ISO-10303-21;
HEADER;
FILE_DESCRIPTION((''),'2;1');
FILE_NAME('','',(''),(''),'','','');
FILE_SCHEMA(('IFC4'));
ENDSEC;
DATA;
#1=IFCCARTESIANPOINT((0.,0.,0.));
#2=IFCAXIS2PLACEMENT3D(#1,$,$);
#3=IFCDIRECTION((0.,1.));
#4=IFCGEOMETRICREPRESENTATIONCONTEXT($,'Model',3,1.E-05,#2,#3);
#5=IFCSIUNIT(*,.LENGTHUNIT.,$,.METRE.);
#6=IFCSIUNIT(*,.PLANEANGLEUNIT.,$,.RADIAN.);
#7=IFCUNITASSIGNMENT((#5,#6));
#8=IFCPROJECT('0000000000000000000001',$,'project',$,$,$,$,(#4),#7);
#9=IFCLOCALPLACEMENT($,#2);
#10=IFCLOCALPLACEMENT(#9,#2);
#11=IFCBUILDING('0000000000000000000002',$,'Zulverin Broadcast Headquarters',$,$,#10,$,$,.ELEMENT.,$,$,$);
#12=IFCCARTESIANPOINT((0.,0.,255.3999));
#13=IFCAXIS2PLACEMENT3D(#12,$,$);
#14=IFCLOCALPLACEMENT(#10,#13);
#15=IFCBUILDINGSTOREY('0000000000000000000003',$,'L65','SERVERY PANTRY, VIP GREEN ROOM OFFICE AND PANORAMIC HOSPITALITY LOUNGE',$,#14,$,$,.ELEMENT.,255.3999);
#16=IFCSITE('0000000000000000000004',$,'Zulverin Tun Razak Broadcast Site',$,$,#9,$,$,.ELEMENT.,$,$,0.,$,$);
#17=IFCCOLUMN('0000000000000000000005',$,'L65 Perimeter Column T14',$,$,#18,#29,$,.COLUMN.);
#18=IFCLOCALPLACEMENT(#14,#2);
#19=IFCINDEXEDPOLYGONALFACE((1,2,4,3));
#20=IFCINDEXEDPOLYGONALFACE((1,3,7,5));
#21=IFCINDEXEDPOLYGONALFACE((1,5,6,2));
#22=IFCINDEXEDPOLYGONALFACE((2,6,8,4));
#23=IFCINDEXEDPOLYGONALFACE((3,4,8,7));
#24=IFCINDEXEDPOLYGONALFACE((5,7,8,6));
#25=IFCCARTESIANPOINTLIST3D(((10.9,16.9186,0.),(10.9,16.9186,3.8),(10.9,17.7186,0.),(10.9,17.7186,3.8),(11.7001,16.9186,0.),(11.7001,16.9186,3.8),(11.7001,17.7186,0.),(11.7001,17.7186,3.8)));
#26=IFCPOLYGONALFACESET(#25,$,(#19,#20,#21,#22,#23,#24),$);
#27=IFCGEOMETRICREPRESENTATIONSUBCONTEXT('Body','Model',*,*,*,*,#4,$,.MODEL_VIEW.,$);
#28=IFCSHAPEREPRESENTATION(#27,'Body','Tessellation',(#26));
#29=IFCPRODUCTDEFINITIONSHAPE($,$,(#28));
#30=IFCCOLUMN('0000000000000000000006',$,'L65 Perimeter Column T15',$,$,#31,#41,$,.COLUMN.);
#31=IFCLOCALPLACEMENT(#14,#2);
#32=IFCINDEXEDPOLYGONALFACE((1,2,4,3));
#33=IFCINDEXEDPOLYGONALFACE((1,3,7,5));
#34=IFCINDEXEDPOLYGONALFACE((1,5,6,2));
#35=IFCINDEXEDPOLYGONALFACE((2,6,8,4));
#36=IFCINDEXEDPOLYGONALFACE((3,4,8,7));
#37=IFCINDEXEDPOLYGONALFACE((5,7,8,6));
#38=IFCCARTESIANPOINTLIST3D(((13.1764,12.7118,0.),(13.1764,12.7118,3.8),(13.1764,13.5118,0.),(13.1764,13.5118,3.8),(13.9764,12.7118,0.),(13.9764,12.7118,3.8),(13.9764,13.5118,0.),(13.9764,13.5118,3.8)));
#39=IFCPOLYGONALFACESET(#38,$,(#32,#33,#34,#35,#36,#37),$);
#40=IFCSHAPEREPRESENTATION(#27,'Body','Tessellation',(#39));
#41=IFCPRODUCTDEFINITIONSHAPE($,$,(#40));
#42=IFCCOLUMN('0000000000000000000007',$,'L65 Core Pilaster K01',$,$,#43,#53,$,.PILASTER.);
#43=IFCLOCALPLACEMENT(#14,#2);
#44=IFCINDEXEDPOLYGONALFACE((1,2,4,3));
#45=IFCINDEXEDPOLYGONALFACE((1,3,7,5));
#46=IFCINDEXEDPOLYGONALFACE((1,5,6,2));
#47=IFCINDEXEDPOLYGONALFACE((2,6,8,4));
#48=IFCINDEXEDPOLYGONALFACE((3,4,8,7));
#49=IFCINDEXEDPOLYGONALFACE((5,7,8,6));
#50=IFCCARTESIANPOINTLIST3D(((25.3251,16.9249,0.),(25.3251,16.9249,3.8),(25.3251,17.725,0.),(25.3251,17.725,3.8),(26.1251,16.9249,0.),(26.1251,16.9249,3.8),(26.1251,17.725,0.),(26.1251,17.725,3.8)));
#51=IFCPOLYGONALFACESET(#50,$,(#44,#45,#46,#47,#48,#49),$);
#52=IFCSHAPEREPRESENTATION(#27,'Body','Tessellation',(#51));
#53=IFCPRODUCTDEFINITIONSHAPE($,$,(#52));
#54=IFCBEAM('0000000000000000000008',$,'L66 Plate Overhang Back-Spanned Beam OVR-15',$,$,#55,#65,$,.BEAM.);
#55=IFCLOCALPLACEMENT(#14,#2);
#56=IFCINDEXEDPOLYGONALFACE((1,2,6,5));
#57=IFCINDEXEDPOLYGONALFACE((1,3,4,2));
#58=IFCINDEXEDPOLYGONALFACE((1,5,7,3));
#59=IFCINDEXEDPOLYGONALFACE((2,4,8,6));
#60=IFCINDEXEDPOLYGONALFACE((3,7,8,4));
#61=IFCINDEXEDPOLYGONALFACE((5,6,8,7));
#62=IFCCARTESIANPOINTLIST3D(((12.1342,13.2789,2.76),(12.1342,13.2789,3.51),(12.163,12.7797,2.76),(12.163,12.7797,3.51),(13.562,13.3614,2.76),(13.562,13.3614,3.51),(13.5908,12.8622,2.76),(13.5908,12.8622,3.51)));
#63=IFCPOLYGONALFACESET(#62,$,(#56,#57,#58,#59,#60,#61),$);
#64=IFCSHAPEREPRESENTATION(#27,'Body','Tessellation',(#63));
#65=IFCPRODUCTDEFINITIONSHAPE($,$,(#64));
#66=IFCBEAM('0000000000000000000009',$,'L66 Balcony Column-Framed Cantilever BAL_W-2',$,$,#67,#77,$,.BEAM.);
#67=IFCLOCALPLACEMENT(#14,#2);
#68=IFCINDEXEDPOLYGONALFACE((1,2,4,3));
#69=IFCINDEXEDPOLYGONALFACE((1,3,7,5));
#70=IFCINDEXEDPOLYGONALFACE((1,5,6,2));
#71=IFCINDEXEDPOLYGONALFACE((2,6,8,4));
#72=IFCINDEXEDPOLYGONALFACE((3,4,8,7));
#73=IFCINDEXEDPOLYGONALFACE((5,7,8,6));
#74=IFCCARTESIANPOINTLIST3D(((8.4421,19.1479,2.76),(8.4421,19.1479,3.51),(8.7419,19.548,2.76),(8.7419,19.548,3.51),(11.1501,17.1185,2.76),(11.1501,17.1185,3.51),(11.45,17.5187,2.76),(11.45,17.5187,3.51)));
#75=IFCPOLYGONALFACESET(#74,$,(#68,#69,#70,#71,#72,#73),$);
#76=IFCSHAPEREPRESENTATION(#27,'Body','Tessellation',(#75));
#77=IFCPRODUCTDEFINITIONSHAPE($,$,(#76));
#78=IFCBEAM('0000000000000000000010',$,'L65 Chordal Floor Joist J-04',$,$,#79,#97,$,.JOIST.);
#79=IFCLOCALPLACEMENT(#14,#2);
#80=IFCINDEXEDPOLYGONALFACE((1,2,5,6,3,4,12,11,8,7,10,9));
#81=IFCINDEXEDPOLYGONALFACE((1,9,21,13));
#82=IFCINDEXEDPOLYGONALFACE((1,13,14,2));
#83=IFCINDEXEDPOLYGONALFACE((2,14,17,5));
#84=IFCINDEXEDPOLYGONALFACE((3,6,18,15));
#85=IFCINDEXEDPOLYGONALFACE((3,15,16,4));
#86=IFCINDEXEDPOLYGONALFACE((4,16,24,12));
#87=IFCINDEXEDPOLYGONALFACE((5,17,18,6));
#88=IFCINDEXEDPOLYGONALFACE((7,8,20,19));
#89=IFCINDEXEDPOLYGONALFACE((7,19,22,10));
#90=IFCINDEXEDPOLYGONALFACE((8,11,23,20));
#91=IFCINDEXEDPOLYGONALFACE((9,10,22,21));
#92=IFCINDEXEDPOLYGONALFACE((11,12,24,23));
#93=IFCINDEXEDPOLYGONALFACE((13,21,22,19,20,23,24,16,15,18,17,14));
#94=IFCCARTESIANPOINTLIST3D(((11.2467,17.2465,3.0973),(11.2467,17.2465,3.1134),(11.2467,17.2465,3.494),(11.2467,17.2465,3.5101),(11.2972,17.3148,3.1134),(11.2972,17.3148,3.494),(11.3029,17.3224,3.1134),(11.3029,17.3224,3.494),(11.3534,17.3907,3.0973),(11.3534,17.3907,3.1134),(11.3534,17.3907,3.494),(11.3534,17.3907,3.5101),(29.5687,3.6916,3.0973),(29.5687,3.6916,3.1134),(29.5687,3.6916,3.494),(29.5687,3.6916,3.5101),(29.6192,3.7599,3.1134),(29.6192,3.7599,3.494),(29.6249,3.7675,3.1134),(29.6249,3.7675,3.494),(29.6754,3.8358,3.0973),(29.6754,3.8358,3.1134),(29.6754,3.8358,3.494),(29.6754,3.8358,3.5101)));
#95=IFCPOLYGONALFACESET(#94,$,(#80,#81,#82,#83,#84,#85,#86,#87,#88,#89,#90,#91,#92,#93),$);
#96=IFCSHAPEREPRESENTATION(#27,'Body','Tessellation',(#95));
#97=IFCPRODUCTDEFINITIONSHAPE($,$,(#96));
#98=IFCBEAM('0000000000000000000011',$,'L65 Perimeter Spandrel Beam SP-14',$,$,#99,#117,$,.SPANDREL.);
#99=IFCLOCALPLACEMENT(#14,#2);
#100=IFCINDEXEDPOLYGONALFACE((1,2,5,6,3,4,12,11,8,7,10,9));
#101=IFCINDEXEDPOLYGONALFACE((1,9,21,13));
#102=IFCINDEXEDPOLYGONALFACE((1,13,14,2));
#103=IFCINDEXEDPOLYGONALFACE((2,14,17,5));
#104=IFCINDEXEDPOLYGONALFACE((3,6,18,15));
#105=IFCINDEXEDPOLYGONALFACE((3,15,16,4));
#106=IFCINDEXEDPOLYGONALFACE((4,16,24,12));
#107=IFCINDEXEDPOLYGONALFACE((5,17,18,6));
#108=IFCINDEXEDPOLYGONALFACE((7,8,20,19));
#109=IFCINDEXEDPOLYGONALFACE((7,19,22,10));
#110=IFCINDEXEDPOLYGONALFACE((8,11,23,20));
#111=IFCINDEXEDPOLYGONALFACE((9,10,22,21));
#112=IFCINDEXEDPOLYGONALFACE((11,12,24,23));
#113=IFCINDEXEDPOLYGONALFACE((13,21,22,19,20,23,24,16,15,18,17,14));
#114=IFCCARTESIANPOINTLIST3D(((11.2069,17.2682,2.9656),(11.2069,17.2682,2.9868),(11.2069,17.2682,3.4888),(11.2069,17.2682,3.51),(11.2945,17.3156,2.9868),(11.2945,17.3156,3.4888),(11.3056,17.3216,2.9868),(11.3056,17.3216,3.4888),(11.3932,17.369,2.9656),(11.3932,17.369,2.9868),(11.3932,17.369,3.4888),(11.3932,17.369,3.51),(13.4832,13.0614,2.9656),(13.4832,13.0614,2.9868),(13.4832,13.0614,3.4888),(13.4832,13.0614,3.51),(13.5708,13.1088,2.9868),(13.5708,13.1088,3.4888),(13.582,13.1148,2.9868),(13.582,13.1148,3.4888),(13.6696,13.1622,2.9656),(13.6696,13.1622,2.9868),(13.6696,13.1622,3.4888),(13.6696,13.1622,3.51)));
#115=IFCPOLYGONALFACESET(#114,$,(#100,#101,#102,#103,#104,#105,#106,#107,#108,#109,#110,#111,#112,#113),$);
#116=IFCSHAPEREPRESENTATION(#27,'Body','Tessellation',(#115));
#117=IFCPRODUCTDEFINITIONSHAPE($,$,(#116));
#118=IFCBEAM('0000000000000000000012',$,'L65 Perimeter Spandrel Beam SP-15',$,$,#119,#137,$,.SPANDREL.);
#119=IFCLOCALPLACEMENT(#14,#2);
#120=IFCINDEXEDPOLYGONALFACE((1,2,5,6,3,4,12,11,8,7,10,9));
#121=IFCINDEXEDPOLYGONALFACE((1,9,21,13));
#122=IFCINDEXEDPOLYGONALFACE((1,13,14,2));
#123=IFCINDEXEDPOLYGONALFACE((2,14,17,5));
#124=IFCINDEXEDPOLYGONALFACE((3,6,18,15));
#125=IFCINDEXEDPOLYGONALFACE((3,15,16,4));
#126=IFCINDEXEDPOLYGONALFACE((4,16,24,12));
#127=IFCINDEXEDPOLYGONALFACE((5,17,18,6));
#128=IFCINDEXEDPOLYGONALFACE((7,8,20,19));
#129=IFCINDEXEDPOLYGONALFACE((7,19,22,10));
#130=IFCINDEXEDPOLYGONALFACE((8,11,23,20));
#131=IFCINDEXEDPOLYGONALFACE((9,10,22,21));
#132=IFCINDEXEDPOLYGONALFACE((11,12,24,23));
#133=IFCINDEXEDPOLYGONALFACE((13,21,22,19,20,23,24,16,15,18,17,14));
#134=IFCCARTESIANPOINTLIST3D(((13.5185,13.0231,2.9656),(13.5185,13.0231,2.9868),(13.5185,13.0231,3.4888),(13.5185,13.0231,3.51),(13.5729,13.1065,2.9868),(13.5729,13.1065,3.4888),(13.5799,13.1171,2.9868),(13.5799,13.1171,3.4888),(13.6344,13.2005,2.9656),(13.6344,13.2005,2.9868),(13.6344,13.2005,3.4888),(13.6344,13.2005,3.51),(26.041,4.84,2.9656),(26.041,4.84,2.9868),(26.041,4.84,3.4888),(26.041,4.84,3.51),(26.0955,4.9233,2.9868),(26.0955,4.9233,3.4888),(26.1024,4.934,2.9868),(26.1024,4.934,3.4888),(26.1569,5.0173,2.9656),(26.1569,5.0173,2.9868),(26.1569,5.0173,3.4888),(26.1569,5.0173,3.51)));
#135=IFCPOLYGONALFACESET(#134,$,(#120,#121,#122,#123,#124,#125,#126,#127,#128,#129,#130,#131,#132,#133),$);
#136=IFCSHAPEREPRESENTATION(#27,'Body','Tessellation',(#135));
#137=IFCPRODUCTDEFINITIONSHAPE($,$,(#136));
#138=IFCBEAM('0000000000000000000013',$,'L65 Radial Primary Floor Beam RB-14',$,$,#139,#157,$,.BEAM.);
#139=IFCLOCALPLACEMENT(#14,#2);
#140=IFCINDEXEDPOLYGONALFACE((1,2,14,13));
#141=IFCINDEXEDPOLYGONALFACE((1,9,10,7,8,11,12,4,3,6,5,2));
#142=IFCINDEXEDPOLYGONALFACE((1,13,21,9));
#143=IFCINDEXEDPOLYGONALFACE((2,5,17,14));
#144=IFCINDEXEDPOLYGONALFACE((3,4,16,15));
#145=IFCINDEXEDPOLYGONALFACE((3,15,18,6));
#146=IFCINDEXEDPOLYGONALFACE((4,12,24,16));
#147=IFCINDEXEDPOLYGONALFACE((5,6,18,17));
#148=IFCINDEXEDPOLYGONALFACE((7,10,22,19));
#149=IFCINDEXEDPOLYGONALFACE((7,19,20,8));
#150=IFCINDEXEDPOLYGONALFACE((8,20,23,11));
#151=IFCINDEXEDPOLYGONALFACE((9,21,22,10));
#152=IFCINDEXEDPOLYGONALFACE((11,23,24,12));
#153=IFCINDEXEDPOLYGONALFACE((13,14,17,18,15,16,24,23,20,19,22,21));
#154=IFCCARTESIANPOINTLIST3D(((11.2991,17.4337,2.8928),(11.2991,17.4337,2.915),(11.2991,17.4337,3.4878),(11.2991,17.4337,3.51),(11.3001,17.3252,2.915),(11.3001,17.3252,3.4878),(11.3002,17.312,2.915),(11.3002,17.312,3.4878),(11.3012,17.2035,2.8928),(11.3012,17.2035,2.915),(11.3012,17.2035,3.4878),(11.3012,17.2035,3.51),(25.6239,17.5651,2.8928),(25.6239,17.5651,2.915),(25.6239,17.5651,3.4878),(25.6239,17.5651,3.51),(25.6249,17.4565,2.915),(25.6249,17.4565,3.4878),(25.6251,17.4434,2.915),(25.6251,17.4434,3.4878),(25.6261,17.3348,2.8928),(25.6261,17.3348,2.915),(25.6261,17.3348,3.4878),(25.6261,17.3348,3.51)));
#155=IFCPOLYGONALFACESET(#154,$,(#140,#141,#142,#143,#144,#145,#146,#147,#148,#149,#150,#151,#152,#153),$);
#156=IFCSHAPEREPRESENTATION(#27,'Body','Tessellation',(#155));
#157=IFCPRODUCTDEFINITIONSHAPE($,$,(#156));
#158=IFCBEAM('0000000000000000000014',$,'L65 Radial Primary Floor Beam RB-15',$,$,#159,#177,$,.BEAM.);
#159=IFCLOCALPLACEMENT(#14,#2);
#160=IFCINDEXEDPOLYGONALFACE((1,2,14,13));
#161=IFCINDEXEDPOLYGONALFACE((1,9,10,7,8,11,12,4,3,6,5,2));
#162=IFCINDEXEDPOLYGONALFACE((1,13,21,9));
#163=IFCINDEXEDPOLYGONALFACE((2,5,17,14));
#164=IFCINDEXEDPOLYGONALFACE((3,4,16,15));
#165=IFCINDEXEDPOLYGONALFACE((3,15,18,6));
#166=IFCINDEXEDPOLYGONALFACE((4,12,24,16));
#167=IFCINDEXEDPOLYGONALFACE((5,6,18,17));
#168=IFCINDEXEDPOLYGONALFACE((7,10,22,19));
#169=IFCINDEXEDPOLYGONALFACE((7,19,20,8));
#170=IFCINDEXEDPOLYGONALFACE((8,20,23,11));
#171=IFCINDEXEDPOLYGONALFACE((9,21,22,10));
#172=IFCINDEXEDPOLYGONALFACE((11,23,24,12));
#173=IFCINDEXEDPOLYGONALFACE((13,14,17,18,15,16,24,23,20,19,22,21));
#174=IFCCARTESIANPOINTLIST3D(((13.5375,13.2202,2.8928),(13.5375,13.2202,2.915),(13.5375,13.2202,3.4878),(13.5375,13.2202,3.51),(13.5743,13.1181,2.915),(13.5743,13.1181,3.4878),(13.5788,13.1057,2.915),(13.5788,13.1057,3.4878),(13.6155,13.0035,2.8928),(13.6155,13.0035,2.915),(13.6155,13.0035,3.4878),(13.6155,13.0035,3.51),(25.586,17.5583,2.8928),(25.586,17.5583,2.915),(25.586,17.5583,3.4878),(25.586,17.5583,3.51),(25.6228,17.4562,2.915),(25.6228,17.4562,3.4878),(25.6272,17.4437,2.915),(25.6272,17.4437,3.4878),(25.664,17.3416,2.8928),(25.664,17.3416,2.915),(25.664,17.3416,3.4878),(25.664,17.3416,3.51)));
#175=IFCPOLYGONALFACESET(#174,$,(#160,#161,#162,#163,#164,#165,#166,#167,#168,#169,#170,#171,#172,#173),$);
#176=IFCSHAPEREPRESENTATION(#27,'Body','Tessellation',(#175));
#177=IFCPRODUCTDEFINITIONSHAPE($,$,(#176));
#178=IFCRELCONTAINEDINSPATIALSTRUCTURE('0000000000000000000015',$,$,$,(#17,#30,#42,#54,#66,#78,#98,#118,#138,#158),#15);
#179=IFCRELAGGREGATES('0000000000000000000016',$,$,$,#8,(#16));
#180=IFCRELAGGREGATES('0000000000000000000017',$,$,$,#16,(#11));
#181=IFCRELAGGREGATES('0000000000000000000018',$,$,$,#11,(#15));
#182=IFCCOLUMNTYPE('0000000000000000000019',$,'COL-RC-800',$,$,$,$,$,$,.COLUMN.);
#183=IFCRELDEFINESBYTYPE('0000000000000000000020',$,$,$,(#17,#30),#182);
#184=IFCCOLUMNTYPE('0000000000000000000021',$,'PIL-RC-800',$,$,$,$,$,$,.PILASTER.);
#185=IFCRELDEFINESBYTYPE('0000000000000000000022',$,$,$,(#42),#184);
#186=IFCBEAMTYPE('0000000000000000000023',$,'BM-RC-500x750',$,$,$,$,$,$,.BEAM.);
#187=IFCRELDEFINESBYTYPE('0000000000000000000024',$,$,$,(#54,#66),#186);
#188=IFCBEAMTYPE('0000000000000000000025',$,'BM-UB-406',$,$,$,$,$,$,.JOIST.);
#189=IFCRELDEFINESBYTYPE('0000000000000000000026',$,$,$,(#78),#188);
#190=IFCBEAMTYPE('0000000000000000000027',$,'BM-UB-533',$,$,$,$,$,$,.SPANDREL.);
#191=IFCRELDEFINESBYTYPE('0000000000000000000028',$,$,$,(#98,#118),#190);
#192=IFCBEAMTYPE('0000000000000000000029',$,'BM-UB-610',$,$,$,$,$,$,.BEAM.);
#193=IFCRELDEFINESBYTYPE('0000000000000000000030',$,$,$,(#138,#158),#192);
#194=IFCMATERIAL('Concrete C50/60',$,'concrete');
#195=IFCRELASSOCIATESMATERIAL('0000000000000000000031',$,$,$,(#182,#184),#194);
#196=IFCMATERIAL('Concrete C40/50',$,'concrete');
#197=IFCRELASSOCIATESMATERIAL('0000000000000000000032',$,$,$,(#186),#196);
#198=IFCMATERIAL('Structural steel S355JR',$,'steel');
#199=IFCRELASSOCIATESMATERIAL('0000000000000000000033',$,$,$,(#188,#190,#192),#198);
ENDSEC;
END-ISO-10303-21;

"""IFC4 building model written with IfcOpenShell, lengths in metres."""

from ifc_helpers import new_model, si_unit, direction, frame, origin, origin_2d, place, context, subcontext, project, spatial, rectangle, i_section, extrude, material, material_profile, profile_set, type_object, element, save


model = new_model("IFC4")

# Units and contexts
model_context = context("Model", 3, precision=1e-05, world=origin(), true_north=direction((0.0, 1.0)))
body_context = subcontext(model_context, "Body", "Model", "MODEL_VIEW")
ifc_project = project(units=[si_unit("LENGTHUNIT", "METRE"), si_unit("PLANEANGLEUNIT", "RADIAN")], contexts=[model_context])

# Site, building, storey
site_placement = place(None, origin())
site = spatial("IfcSite", under=ifc_project, at=site_placement, Name="Zulverin Tun Razak Broadcast Site", CompositionType="ELEMENT", RefElevation=0.0)
building_placement = place(site_placement, origin())
building = spatial("IfcBuilding", under=site, at=building_placement, Name="Zulverin Broadcast Headquarters", CompositionType="ELEMENT")
storey_placement = place(building_placement, frame((0.0, 0.0, 255.3999)))
storey = spatial("IfcBuildingStorey", under=building, at=storey_placement, Name="L65", Description="SERVERY PANTRY, VIP GREEN ROOM OFFICE AND PANORAMIC HOSPITALITY LOUNGE", CompositionType="ELEMENT", Elevation=255.3999)

# Columns
ifc_material_1 = material(Name="Concrete C50/60", Category="concrete")
ifc_material_profile_1 = material_profile(ifc_material_1, rectangle(XDim=0.8, YDim=0.8, at=origin_2d()), Name="Concrete C50/60", Category="concrete")
ifc_profile_set_1 = profile_set([ifc_material_profile_1], Name="Concrete C50/60")
column_type_1 = type_object("IfcColumnType", Name="COL-RC-800", PredefinedType="COLUMN", material=ifc_profile_set_1)
for number, where, z_axis, x_axis, name in (
    (1, (11.3, 17.3186, 0.0), (0.0, 0.0, 1.0), (1.0, 0.0, 0.0), "L65 Perimeter Column T14"),
    (2, (13.5764, 13.1118, 0.0), (0.0, 0.0, 1.0), (1.0, 0.0, 0.0), "L65 Perimeter Column T15"),
):
    element("IfcColumn", number, at=place(storey_placement, frame(where, z_axis=z_axis, x_axis=x_axis)), inside=storey, type_object=column_type_1, Name=name, PredefinedType="COLUMN", context=body_context, shape_type="SweptSolid", body=[
        extrude(rectangle(XDim=0.8, YDim=0.8, at=origin_2d()), origin(), (0.0, 0.0, 1.0), 3.8),
    ])
ifc_material_profile_2 = material_profile(ifc_material_1, rectangle(XDim=0.8, YDim=0.8, at=origin_2d()), Name="Concrete C50/60", Category="concrete")
ifc_profile_set_2 = profile_set([ifc_material_profile_2], Name="Concrete C50/60")
column_type_2 = type_object("IfcColumnType", Name="PIL-RC-800", PredefinedType="PILASTER", material=ifc_profile_set_2)
column_placement = place(storey_placement, frame((25.7251, 17.325, 0.0), z_axis=(0.0, 0.0, 1.0), x_axis=(1.0, 0.0, 0.0)))
element("IfcColumn", 3, at=column_placement, inside=storey, type_object=column_type_2, Name="L65 Core Pilaster K01", PredefinedType="PILASTER", context=body_context, shape_type="SweptSolid", body=[
    extrude(rectangle(XDim=0.8, YDim=0.8, at=origin_2d()), origin(), (0.0, 0.0, 1.0), 3.8),
])

# Beams
ifc_material_2 = material(Name="Concrete C40/50", Category="concrete")
ifc_material_profile_3 = material_profile(ifc_material_2, rectangle(XDim=0.5, YDim=0.75, at=origin_2d()), Name="Concrete C40/50", Category="concrete")
ifc_profile_set_3 = profile_set([ifc_material_profile_3], Name="Concrete C40/50")
beam_type_1 = type_object("IfcBeamType", Name="BM-RC-500x750", PredefinedType="BEAM", material=ifc_profile_set_3)
beam_1_placement = place(storey_placement, frame((13.5764, 13.1118, 3.135), z_axis=(-0.998334, -0.057701, 0.0), x_axis=(0.057701, -0.998334, 0.0)))
element("IfcBeam", 4, at=beam_1_placement, inside=storey, type_object=beam_type_1, Name="L66 Plate Overhang Back-Spanned Beam OVR-15", PredefinedType="BEAM", context=body_context, shape_type="SweptSolid", body=[
    extrude(rectangle(XDim=0.5, YDim=0.75, at=origin_2d()), origin(), (0.0, 0.0, 1.0), 1.4302),
])
beam_2_placement = place(storey_placement, frame((11.3, 17.3186, 3.135), z_axis=(-0.800242, 0.599677, 0.0), x_axis=(-0.599677, -0.800242, 0.0)))
element("IfcBeam", 5, at=beam_2_placement, inside=storey, type_object=beam_type_1, Name="L66 Balcony Column-Framed Cantilever BAL_W-2", PredefinedType="BEAM", context=body_context, shape_type="SweptSolid", body=[
    extrude(rectangle(XDim=0.5, YDim=0.75, at=origin_2d()), origin(), (0.0, 0.0, 1.0), 3.384),
])
ifc_material_3 = material(Name="Structural steel S355JR", Category="steel")
ifc_material_profile_4 = material_profile(ifc_material_3, i_section(OverallWidth=0.1794, OverallDepth=0.4128, WebThickness=0.0095, FlangeThickness=0.0161, at=origin_2d()), Name="Structural steel S355JR", Category="steel")
ifc_profile_set_4 = profile_set([ifc_material_profile_4], Name="Structural steel S355JR")
beam_type_2 = type_object("IfcBeamType", Name="BM-UB-406", PredefinedType="JOIST", material=ifc_profile_set_4)
beam_3_placement = place(storey_placement, frame((11.3, 17.3186, 3.3037), z_axis=(0.803912, -0.594748, 0.0), x_axis=(0.594748, 0.803912, 0.0)))
element("IfcBeam", 6, at=beam_3_placement, inside=storey, type_object=beam_type_2, Name="L65 Chordal Floor Joist J-04", PredefinedType="JOIST", context=body_context, shape_type="SweptSolid", body=[
    extrude(i_section(OverallWidth=0.1794, OverallDepth=0.4128, WebThickness=0.0095, FlangeThickness=0.0161, at=origin_2d()), origin(), (0.0, 0.0, 1.0), 22.791),
])
ifc_material_profile_5 = material_profile(ifc_material_3, i_section(OverallWidth=0.2119, OverallDepth=0.5444, WebThickness=0.0127, FlangeThickness=0.0212, at=origin_2d()), Name="Structural steel S355JR", Category="steel")
ifc_profile_set_5 = profile_set([ifc_material_profile_5], Name="Structural steel S355JR")
beam_type_3 = type_object("IfcBeamType", Name="BM-UB-533", PredefinedType="SPANDREL", material=ifc_profile_set_5)
beam_4_placement = place(storey_placement, frame((11.3, 17.3186, 3.2378), z_axis=(0.47591, -0.879494, 0.0), x_axis=(0.879494, 0.47591, 0.0)))
element("IfcBeam", 7, at=beam_4_placement, inside=storey, type_object=beam_type_3, Name="L65 Perimeter Spandrel Beam SP-14", PredefinedType="SPANDREL", context=body_context, shape_type="SweptSolid", body=[
    extrude(i_section(OverallWidth=0.2119, OverallDepth=0.5444, WebThickness=0.0127, FlangeThickness=0.0212, at=origin_2d()), origin(), (0.0, 0.0, 1.0), 4.7832),
])
beam_5_placement = place(storey_placement, frame((13.5764, 13.1118, 3.2378), z_axis=(0.837112, -0.547031, 0.0), x_axis=(0.547031, 0.837112, 0.0)))
element("IfcBeam", 8, at=beam_5_placement, inside=storey, type_object=beam_type_3, Name="L65 Perimeter Spandrel Beam SP-15", PredefinedType="SPANDREL", context=body_context, shape_type="SweptSolid", body=[
    extrude(i_section(OverallWidth=0.2119, OverallDepth=0.5444, WebThickness=0.0127, FlangeThickness=0.0212, at=origin_2d()), origin(), (0.0, 0.0, 1.0), 14.9592),
])
ifc_material_profile_6 = material_profile(ifc_material_3, i_section(OverallWidth=0.2302, OverallDepth=0.6172, WebThickness=0.0132, FlangeThickness=0.0222, at=origin_2d()), Name="Structural steel S355JR", Category="steel")
ifc_profile_set_6 = profile_set([ifc_material_profile_6], Name="Structural steel S355JR")
beam_type_4 = type_object("IfcBeamType", Name="BM-UB-610", PredefinedType="BEAM", material=ifc_profile_set_6)
beam_6_placement = place(storey_placement, frame((25.625, 17.45, 3.2014), z_axis=(-0.999958, -0.009169, 0.0), x_axis=(0.009169, -0.999958, 0.0)))
element("IfcBeam", 9, at=beam_6_placement, inside=storey, type_object=beam_type_4, Name="L65 Radial Primary Floor Beam RB-14", PredefinedType="BEAM", context=body_context, shape_type="SweptSolid", body=[
    extrude(i_section(OverallWidth=0.2302, OverallDepth=0.6172, WebThickness=0.0132, FlangeThickness=0.0222, at=origin_2d()), origin(), (0.0, 0.0, 1.0), 14.3254),
])
beam_7_placement = place(storey_placement, frame((25.625, 17.45, 3.2014), z_axis=(-0.940871, -0.338764, 0.0), x_axis=(0.338764, -0.940871, 0.0)))
element("IfcBeam", 10, at=beam_7_placement, inside=storey, type_object=beam_type_4, Name="L65 Radial Primary Floor Beam RB-15", PredefinedType="BEAM", context=body_context, shape_type="SweptSolid", body=[
    extrude(i_section(OverallWidth=0.2302, OverallDepth=0.6172, WebThickness=0.0132, FlangeThickness=0.0222, at=origin_2d()), origin(), (0.0, 0.0, 1.0), 12.8057),
])

save(model, "model.ifc")
